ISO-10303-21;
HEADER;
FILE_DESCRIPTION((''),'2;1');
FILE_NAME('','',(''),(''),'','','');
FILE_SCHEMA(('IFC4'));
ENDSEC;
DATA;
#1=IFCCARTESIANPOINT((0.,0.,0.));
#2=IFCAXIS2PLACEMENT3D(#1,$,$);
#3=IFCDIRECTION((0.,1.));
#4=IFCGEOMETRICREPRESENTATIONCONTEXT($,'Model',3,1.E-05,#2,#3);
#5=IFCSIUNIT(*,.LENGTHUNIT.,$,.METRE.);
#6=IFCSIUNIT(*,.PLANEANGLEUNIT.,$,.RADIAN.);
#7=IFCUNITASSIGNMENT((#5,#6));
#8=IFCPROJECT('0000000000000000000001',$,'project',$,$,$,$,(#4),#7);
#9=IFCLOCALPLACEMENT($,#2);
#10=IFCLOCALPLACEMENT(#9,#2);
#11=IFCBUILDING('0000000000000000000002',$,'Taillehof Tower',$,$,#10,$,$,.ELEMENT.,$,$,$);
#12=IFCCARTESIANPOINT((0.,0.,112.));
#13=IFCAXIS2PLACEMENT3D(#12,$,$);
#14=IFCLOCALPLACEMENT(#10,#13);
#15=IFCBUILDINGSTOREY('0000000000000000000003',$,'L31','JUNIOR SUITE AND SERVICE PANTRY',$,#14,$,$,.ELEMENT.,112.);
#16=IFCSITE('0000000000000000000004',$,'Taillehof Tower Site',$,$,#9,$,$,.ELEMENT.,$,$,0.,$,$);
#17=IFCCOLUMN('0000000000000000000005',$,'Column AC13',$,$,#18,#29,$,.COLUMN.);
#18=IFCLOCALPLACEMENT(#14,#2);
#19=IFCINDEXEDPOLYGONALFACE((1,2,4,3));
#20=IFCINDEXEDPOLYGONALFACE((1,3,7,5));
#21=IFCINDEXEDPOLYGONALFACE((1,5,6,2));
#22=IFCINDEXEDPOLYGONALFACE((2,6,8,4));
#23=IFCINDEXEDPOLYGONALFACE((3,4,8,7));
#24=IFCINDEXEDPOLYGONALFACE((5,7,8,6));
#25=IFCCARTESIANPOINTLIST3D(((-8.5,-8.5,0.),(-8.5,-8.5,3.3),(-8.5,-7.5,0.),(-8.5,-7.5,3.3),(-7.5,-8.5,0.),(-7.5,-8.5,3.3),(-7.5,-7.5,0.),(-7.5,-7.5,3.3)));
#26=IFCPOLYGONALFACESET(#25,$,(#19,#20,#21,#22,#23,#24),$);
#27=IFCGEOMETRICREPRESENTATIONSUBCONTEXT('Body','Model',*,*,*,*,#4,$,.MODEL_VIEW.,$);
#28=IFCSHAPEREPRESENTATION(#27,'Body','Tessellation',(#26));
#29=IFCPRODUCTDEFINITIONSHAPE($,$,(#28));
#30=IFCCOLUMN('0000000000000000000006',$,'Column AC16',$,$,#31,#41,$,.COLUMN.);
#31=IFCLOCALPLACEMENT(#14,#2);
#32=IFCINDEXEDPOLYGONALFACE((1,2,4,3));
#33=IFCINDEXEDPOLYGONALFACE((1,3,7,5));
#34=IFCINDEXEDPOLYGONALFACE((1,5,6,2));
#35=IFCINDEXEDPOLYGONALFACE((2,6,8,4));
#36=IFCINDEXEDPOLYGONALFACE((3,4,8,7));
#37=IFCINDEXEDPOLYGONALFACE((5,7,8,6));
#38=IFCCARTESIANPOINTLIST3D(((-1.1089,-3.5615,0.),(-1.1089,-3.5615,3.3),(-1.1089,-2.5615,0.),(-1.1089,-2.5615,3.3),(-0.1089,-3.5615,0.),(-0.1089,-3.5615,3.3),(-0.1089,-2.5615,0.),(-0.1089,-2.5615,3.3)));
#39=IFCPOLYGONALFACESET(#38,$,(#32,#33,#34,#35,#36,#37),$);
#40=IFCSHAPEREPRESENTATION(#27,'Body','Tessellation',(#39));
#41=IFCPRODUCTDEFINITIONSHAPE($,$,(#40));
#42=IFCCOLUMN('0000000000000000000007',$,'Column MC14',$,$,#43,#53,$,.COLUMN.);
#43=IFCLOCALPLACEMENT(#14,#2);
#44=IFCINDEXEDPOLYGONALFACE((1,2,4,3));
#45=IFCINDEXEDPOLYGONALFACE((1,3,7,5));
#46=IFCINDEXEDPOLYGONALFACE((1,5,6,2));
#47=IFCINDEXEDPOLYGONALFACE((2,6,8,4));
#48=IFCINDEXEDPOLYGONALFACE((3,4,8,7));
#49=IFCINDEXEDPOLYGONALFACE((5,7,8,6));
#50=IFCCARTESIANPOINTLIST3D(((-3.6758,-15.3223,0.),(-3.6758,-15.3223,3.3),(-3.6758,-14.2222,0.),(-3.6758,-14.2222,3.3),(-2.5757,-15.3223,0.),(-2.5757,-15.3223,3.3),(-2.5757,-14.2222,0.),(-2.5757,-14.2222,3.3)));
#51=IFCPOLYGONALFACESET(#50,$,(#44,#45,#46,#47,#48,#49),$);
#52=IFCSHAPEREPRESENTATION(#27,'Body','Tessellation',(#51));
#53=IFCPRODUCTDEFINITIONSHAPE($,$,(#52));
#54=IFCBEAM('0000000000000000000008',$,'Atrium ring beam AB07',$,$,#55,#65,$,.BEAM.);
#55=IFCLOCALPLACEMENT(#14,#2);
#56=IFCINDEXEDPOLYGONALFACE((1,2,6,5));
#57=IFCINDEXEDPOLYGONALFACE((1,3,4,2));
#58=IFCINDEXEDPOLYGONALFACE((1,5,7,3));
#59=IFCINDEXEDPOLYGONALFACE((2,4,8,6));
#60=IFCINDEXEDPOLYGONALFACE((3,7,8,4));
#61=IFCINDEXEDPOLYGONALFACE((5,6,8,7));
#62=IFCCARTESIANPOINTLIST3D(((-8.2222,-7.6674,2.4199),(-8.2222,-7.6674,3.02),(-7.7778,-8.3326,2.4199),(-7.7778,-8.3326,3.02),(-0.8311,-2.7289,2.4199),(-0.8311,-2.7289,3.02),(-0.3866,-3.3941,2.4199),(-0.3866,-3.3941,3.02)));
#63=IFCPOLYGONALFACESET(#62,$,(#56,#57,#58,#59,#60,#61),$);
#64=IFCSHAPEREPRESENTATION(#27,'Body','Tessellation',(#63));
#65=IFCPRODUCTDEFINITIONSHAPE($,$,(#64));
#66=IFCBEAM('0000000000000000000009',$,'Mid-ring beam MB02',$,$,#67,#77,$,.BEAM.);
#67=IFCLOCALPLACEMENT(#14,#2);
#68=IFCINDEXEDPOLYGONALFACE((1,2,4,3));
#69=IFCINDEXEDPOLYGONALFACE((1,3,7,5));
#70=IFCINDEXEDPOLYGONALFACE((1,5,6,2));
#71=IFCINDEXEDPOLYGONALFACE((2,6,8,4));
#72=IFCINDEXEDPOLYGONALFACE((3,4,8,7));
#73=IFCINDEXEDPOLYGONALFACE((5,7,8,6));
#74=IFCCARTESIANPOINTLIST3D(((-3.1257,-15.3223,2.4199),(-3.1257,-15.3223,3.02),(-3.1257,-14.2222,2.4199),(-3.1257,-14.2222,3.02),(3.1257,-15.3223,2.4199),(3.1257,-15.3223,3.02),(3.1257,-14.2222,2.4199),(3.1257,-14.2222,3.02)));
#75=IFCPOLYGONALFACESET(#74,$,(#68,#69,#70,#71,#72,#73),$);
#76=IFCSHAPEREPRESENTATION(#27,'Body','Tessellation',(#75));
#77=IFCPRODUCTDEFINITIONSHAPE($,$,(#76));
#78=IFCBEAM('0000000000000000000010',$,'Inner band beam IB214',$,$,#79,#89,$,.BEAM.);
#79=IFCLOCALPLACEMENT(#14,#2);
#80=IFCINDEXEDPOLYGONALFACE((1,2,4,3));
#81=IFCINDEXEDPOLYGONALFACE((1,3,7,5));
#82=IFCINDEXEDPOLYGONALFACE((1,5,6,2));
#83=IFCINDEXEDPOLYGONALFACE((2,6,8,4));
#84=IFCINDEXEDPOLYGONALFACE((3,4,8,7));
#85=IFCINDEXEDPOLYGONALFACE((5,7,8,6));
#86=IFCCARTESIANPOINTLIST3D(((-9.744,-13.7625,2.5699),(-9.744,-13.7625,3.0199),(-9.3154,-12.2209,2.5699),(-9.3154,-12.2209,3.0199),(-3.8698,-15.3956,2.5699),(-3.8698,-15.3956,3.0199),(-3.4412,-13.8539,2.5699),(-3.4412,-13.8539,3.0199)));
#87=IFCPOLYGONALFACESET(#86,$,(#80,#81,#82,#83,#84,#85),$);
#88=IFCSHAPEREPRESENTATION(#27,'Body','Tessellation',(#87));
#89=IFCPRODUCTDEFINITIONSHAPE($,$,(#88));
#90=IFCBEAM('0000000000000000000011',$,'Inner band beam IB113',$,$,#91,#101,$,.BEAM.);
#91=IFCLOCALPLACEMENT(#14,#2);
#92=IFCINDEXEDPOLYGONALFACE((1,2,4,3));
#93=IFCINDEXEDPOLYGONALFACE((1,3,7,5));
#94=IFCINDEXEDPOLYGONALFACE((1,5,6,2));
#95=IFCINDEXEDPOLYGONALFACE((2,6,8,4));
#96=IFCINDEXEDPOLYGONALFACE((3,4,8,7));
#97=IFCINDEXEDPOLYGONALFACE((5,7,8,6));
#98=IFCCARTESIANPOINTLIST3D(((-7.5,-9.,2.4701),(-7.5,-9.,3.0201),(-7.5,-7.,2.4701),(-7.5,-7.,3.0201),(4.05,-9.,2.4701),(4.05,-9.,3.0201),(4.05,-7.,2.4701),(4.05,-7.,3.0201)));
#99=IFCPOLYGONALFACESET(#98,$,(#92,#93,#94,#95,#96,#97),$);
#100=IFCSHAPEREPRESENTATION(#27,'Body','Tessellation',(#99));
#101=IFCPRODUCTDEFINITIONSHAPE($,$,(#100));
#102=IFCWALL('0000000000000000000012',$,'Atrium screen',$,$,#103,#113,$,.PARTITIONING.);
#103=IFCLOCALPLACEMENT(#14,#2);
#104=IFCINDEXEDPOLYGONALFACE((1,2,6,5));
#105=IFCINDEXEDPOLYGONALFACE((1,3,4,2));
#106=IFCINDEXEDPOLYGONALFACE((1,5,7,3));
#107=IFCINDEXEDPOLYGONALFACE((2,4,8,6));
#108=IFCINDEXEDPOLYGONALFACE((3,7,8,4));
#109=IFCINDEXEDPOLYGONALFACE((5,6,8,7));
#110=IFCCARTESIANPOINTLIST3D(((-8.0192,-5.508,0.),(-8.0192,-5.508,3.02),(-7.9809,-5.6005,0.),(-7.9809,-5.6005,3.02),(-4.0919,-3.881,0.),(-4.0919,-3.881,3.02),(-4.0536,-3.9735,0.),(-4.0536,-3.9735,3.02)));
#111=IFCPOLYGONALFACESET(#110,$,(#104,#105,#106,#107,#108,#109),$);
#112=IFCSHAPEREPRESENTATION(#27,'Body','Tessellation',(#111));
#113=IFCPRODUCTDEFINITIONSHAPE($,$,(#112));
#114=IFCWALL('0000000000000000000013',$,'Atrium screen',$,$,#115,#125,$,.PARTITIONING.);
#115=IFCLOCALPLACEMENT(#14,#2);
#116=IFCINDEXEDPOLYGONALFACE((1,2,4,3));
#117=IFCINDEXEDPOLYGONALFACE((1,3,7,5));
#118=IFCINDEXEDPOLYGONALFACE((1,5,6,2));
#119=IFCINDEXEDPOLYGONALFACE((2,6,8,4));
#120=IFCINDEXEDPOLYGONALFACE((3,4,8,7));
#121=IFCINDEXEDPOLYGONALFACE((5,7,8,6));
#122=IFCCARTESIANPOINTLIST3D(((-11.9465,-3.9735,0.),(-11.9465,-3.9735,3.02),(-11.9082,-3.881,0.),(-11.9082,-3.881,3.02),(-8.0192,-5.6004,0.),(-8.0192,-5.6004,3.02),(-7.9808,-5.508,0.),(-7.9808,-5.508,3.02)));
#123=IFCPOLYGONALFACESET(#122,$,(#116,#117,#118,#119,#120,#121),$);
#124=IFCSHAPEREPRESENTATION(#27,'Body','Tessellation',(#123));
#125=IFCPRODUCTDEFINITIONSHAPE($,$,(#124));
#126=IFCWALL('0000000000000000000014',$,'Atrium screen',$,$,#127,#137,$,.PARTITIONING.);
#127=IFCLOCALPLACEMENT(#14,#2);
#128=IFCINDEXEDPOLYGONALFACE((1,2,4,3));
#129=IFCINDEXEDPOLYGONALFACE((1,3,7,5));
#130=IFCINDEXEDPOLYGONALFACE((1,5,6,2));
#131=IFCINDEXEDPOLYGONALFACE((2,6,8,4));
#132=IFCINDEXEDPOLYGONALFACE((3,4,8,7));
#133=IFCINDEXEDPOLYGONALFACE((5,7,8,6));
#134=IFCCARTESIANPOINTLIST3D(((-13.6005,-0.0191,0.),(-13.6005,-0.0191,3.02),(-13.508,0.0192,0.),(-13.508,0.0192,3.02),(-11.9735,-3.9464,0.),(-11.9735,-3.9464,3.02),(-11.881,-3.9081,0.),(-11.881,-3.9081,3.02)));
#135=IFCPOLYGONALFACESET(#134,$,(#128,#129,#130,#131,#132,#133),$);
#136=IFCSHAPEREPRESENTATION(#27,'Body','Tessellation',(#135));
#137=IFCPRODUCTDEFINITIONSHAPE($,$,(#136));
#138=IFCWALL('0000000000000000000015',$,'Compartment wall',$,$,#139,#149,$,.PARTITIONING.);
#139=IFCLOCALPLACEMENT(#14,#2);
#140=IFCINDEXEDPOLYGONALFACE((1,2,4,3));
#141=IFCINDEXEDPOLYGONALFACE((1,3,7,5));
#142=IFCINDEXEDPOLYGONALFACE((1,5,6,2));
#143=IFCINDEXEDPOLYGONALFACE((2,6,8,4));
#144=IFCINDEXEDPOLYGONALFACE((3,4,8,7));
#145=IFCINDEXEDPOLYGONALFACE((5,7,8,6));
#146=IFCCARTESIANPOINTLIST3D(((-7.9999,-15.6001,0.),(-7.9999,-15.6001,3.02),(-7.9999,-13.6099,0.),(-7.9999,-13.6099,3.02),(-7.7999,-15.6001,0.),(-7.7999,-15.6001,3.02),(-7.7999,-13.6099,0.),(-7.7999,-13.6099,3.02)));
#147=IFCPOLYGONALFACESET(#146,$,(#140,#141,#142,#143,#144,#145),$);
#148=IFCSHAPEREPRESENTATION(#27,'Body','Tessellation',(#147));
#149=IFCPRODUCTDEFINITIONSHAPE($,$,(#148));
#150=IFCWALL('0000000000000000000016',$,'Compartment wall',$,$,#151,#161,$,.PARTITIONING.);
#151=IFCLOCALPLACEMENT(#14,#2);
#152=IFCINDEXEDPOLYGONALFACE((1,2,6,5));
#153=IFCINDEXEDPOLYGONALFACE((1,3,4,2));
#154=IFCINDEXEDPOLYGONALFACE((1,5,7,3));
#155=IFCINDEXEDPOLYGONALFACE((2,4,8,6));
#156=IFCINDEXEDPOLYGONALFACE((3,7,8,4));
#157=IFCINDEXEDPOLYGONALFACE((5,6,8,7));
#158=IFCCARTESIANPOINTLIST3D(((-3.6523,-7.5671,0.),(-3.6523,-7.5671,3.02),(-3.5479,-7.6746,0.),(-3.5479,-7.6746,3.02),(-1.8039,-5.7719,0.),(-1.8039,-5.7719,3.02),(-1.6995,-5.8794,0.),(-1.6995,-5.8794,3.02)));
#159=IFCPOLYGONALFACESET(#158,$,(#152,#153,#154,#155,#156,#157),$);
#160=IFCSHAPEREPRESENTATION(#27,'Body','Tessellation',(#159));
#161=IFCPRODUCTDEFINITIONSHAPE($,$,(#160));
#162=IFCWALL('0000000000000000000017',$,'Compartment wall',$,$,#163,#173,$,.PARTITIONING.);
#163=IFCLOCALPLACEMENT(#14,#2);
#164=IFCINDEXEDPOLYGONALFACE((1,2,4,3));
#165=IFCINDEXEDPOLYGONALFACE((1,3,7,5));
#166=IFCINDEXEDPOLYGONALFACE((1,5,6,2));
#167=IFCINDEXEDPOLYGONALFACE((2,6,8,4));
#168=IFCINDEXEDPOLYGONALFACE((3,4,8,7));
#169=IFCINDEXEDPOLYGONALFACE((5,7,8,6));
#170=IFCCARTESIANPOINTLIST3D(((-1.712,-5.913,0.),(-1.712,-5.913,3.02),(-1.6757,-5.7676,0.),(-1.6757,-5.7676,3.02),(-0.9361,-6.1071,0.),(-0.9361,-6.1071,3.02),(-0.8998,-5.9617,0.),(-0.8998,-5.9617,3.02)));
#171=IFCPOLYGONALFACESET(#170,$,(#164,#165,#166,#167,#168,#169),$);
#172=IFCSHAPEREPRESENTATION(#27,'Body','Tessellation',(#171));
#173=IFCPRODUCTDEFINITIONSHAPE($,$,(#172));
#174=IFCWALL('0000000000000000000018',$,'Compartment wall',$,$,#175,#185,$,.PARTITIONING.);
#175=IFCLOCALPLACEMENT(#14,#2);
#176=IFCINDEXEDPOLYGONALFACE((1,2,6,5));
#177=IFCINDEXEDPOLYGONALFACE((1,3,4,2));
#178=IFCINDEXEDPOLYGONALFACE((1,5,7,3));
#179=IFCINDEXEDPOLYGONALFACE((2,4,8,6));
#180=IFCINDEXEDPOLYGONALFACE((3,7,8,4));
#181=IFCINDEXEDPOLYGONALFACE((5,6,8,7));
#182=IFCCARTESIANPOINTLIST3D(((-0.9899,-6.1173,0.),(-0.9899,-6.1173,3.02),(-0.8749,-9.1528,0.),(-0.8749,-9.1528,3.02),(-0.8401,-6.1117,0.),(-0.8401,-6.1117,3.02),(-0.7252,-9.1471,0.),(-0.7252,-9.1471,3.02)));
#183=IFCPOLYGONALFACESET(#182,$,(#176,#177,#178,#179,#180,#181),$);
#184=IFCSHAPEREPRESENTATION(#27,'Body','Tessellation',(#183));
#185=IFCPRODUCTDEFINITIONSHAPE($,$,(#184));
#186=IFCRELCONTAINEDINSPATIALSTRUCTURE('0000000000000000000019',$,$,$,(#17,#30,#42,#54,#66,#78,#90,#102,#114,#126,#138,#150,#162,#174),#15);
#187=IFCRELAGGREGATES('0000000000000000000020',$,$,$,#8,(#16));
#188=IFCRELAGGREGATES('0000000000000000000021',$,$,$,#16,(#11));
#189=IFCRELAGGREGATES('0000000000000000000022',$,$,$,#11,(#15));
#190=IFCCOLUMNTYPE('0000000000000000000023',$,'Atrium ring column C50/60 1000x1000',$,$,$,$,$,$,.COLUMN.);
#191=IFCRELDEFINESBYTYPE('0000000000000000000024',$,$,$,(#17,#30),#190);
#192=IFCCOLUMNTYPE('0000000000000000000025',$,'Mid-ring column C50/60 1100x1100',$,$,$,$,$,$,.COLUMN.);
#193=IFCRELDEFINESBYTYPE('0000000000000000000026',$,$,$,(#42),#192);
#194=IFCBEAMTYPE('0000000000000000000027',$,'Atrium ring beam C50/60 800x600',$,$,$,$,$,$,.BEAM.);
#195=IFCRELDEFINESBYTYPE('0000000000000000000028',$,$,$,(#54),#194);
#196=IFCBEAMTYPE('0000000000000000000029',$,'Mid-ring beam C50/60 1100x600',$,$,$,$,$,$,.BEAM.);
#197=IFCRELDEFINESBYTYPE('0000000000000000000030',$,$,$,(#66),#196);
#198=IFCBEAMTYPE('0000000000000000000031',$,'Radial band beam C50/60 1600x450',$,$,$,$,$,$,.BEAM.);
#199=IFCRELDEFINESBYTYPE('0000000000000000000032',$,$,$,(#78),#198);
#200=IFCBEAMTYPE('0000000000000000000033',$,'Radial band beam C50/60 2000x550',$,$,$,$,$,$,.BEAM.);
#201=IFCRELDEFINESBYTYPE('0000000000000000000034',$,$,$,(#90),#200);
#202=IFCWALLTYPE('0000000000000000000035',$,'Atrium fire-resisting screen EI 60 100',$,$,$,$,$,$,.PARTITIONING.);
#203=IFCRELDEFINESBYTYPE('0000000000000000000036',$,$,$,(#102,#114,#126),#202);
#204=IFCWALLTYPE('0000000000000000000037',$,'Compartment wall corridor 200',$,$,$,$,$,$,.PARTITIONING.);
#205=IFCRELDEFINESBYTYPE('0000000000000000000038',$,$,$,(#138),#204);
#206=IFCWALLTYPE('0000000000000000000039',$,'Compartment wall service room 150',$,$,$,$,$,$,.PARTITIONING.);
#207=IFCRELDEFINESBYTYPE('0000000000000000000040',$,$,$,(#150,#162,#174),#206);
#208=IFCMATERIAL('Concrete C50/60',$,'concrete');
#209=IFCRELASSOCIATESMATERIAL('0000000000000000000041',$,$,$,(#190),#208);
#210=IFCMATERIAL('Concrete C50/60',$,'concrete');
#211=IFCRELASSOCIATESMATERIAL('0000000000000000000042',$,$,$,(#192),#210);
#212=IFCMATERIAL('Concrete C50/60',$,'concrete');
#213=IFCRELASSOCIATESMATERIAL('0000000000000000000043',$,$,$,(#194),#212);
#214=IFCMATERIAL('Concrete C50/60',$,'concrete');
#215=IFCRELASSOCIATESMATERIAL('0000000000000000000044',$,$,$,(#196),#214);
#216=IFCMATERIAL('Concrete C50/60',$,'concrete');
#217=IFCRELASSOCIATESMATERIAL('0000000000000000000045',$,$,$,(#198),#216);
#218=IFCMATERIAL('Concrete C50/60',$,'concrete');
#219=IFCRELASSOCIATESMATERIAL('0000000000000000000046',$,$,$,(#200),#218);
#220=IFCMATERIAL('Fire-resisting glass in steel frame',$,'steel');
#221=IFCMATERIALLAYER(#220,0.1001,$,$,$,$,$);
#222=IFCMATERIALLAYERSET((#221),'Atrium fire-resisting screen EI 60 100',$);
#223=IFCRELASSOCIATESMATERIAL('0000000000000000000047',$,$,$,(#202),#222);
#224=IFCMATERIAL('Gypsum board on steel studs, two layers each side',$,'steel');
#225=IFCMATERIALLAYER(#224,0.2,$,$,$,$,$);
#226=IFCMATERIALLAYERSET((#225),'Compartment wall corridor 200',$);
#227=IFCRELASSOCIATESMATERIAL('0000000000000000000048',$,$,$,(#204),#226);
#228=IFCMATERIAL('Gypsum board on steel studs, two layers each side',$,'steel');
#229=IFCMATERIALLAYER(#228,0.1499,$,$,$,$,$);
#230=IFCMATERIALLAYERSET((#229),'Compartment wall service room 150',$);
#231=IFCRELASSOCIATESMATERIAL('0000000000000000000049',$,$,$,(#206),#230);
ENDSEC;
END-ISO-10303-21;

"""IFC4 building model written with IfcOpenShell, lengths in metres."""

from ifc_helpers import new_model, si_unit, direction, frame, frame_2d, origin, origin_2d, place, context, subcontext, project, spatial, rectangle, extrude, material, layer, layer_set, material_profile, profile_set, type_object, element, save


model = new_model("IFC4")

# Units and contexts
model_context = context("Model", 3, precision=1e-05, world=origin(), true_north=direction((0.0, 1.0)))
body_context = subcontext(model_context, "Body", "Model", "MODEL_VIEW")
ifc_project = project(units=[si_unit("LENGTHUNIT", "METRE"), si_unit("PLANEANGLEUNIT", "RADIAN")], contexts=[model_context])

# Site, building, storey
site_placement = place(None, origin())
site = spatial("IfcSite", under=ifc_project, at=site_placement, Name="Taillehof Tower Site", CompositionType="ELEMENT", RefElevation=0.0)
building_placement = place(site_placement, origin())
building = spatial("IfcBuilding", under=site, at=building_placement, Name="Taillehof Tower", CompositionType="ELEMENT")
storey_placement = place(building_placement, frame((0.0, 0.0, 112.0)))
storey = spatial("IfcBuildingStorey", under=building, at=storey_placement, Name="L31", Description="JUNIOR SUITE AND SERVICE PANTRY", CompositionType="ELEMENT", Elevation=112.0)

# Columns
ifc_material_1 = material(Name="Concrete C50/60", Category="concrete")
ifc_material_profile_1 = material_profile(ifc_material_1, rectangle(XDim=1.0, YDim=1.0, at=origin_2d()), Name="RC 1000x1000")
ifc_profile_set_1 = profile_set([ifc_material_profile_1], Name="Concrete C50/60")
column_type_1 = type_object("IfcColumnType", Name="Atrium ring column C50/60 1000x1000", PredefinedType="COLUMN", material=ifc_profile_set_1)
for number, where, z_axis, x_axis, name in (
    (1, (-8.0, -8.0, 0.0), (0.0, 0.0, 1.0), (1.0, 0.0, 0.0), "Column AC13"),
    (2, (-0.6089, -3.0615, 0.0), (0.0, 0.0, 1.0), (1.0, 0.0, 0.0), "Column AC16"),
):
    element("IfcColumn", number, at=place(storey_placement, frame(where, z_axis=z_axis, x_axis=x_axis)), inside=storey, type_object=column_type_1, Name=name, PredefinedType="COLUMN", context=body_context, shape_type="SweptSolid", body=[
        extrude(rectangle(XDim=1.0, YDim=1.0, at=origin_2d()), origin(), (0.0, 0.0, 1.0), 3.3),
    ])
ifc_material_2 = material(Name="Concrete C50/60", Category="concrete")
ifc_material_profile_2 = material_profile(ifc_material_2, rectangle(XDim=1.1001, YDim=1.1001, at=origin_2d()), Name="RC 1100x1100")
ifc_profile_set_2 = profile_set([ifc_material_profile_2], Name="Concrete C50/60")
column_type_2 = type_object("IfcColumnType", Name="Mid-ring column C50/60 1100x1100", PredefinedType="COLUMN", material=ifc_profile_set_2)
column_placement = place(storey_placement, frame((-3.1257, -14.7722, 0.0), z_axis=(0.0, 0.0, 1.0), x_axis=(1.0, 0.0, 0.0)))
element("IfcColumn", 3, at=column_placement, inside=storey, type_object=column_type_2, Name="Column MC14", PredefinedType="COLUMN", context=body_context, shape_type="SweptSolid", body=[
    extrude(rectangle(XDim=1.1001, YDim=1.1001, at=origin_2d()), origin(), (0.0, 0.0, 1.0), 3.3),
])

# Beams
ifc_material_3 = material(Name="Concrete C50/60", Category="concrete")
ifc_material_profile_3 = material_profile(ifc_material_3, rectangle(XDim=0.8, YDim=0.6001, at=origin_2d()), Name="RC 800x600")
ifc_profile_set_3 = profile_set([ifc_material_profile_3], Name="Concrete C50/60")
beam_type_1 = type_object("IfcBeamType", Name="Atrium ring beam C50/60 800x600", PredefinedType="BEAM", material=ifc_profile_set_3)
beam_1_placement = place(storey_placement, frame((-8.0, -8.0, 2.72), z_axis=(0.831475, 0.555562, 0.0), x_axis=(-0.555562, 0.831475, 0.0)))
element("IfcBeam", 4, at=beam_1_placement, inside=storey, type_object=beam_type_1, Name="Atrium ring beam AB07", PredefinedType="BEAM", context=body_context, shape_type="SweptSolid", body=[
    extrude(rectangle(XDim=0.8, YDim=0.6001, at=origin_2d()), origin(), (0.0, 0.0, 1.0), 8.8892),
])
ifc_material_4 = material(Name="Concrete C50/60", Category="concrete")
ifc_material_profile_4 = material_profile(ifc_material_4, rectangle(XDim=1.1001, YDim=0.6001, at=origin_2d()), Name="RC 1100x600")
ifc_profile_set_4 = profile_set([ifc_material_profile_4], Name="Concrete C50/60")
beam_type_2 = type_object("IfcBeamType", Name="Mid-ring beam C50/60 1100x600", PredefinedType="BEAM", material=ifc_profile_set_4)
beam_2_placement = place(storey_placement, frame((-3.1257, -14.7722, 2.72), z_axis=(1.0, 0.0, 0.0), x_axis=(0.0, 1.0, 0.0)))
element("IfcBeam", 5, at=beam_2_placement, inside=storey, type_object=beam_type_2, Name="Mid-ring beam MB02", PredefinedType="BEAM", context=body_context, shape_type="SweptSolid", body=[
    extrude(rectangle(XDim=1.1001, YDim=0.6001, at=origin_2d()), origin(), (0.0, 0.0, 1.0), 6.2515),
])
ifc_material_5 = material(Name="Concrete C50/60", Category="concrete")
ifc_material_profile_5 = material_profile(ifc_material_5, rectangle(XDim=1.6001, YDim=0.45, at=origin_2d()), Name="RC 1600x450")
ifc_profile_set_5 = profile_set([ifc_material_profile_5], Name="Concrete C50/60")
beam_type_3 = type_object("IfcBeamType", Name="Radial band beam C50/60 1600x450", PredefinedType="BEAM", material=ifc_profile_set_5)
beam_3_placement = place(storey_placement, frame((-3.6555, -14.6248, 2.7949), z_axis=(-0.963459, 0.267855, 0.0), x_axis=(-0.267855, -0.963459, 0.0)))
element("IfcBeam", 6, at=beam_3_placement, inside=storey, type_object=beam_type_3, Name="Inner band beam IB214", PredefinedType="BEAM", context=body_context, shape_type="SweptSolid", body=[
    extrude(rectangle(XDim=1.6001, YDim=0.45, at=origin_2d()), origin(), (0.0, 0.0, 1.0), 6.0969),
])
ifc_material_6 = material(Name="Concrete C50/60", Category="concrete")
ifc_material_profile_6 = material_profile(ifc_material_6, rectangle(XDim=2.0, YDim=0.55, at=origin_2d()), Name="RC 2000x550")
ifc_profile_set_6 = profile_set([ifc_material_profile_6], Name="Concrete C50/60")
beam_type_4 = type_object("IfcBeamType", Name="Radial band beam C50/60 2000x550", PredefinedType="BEAM", material=ifc_profile_set_6)
beam_4_placement = place(storey_placement, frame((-7.5, -8.0, 2.7451), z_axis=(1.0, 0.0, 0.0), x_axis=(0.0, 1.0, 0.0)))
element("IfcBeam", 7, at=beam_4_placement, inside=storey, type_object=beam_type_4, Name="Inner band beam IB113", PredefinedType="BEAM", context=body_context, shape_type="SweptSolid", body=[
    extrude(rectangle(XDim=2.0, YDim=0.55, at=origin_2d()), origin(), (0.0, 0.0, 1.0), 11.55),
])

# Walls
ifc_material_7 = material(Name="Fire-resisting glass in steel frame", Category="steel")
ifc_layer_1 = layer(ifc_material_7, 0.1001)
ifc_layer_set_1 = layer_set([ifc_layer_1], Name="Atrium fire-resisting screen EI 60 100")
wall_type_1 = type_object("IfcWallType", Name="Atrium fire-resisting screen EI 60 100", PredefinedType="PARTITIONING", material=ifc_layer_set_1)
for number, where, z_axis, x_axis, name in (
    (8, (-4.0728, -3.9272, 0.0), (0.0, 0.0, 1.0), (-0.92386, -0.382731, 0.0), "Atrium screen"),
    (9, (-8.0, -5.5542, 0.0), (0.0, 0.0, 1.0), (-0.92386, 0.382731, 0.0), "Atrium screen"),
    (10, (-11.9272, -3.9272, 0.0), (0.0, 0.0, 1.0), (-0.382731, 0.92386, 0.0), "Atrium screen"),
):
    element("IfcWall", number, at=place(storey_placement, frame(where, z_axis=z_axis, x_axis=x_axis)), inside=storey, type_object=wall_type_1, Name=name, PredefinedType="PARTITIONING", context=body_context, shape_type="SweptSolid", body=[
        extrude(rectangle(XDim=4.251, YDim=0.1001, at=frame_2d((2.1255, 0.0))), origin(), (0.0, 0.0, 1.0), 3.02),
    ])
ifc_material_8 = material(Name="Gypsum board on steel studs, two layers each side", Category="steel")
ifc_layer_2 = layer(ifc_material_8, 0.2)
ifc_layer_set_2 = layer_set([ifc_layer_2], Name="Compartment wall corridor 200")
wall_type_2 = type_object("IfcWallType", Name="Compartment wall corridor 200", PredefinedType="PARTITIONING", material=ifc_layer_set_2)
wall_1_placement = place(storey_placement, frame((-7.8999, -13.6099, 0.0), z_axis=(0.0, 0.0, 1.0), x_axis=(0.0, -1.0, 0.0)))
element("IfcWall", 11, at=wall_1_placement, inside=storey, type_object=wall_type_2, Name="Compartment wall", PredefinedType="PARTITIONING", context=body_context, shape_type="SweptSolid", body=[
    extrude(rectangle(XDim=1.9902, YDim=0.2, at=frame_2d((0.9951, 0.0))), origin(), (0.0, 0.0, 1.0), 3.02),
])
ifc_material_9 = material(Name="Gypsum board on steel studs, two layers each side", Category="steel")
ifc_layer_3 = layer(ifc_material_9, 0.1499)
ifc_layer_set_3 = layer_set([ifc_layer_3], Name="Compartment wall service room 150")
wall_type_3 = type_object("IfcWallType", Name="Compartment wall service room 150", PredefinedType="PARTITIONING", material=ifc_layer_set_3)
wall_2_placement = place(storey_placement, frame((-3.6001, -7.6208, 0.0), z_axis=(0.0, 0.0, 1.0), x_axis=(0.717359, 0.696704, 0.0)))
element("IfcWall", 12, at=wall_2_placement, inside=storey, type_object=wall_type_3, Name="Compartment wall", PredefinedType="PARTITIONING", context=body_context, shape_type="SweptSolid", body=[
    extrude(rectangle(XDim=2.5767, YDim=0.1499, at=frame_2d((1.2883, 0.0))), origin(), (0.0, 0.0, 1.0), 3.02),
])
wall_3_placement = place(storey_placement, frame((-1.6938, -5.8403, 0.0), z_axis=(0.0, 0.0, 1.0), x_axis=(0.970107, -0.242679, 0.0)))
element("IfcWall", 13, at=wall_3_placement, inside=storey, type_object=wall_type_3, Name="Compartment wall", PredefinedType="PARTITIONING", context=body_context, shape_type="SweptSolid", body=[
    extrude(rectangle(XDim=0.7998, YDim=0.1499, at=frame_2d((0.3999, 0.0))), origin(), (0.0, 0.0, 1.0), 3.02),
])
wall_4_placement = place(storey_placement, frame((-0.915, -6.1145, 0.0), z_axis=(0.0, 0.0, 1.0), x_axis=(0.037856, -0.999283, 0.0)))
element("IfcWall", 14, at=wall_4_placement, inside=storey, type_object=wall_type_3, Name="Compartment wall", PredefinedType="PARTITIONING", context=body_context, shape_type="SweptSolid", body=[
    extrude(rectangle(XDim=3.0376, YDim=0.1499, at=frame_2d((1.5188, 0.0))), origin(), (0.0, 0.0, 1.0), 3.02),
])

save(model, "model.ifc")
